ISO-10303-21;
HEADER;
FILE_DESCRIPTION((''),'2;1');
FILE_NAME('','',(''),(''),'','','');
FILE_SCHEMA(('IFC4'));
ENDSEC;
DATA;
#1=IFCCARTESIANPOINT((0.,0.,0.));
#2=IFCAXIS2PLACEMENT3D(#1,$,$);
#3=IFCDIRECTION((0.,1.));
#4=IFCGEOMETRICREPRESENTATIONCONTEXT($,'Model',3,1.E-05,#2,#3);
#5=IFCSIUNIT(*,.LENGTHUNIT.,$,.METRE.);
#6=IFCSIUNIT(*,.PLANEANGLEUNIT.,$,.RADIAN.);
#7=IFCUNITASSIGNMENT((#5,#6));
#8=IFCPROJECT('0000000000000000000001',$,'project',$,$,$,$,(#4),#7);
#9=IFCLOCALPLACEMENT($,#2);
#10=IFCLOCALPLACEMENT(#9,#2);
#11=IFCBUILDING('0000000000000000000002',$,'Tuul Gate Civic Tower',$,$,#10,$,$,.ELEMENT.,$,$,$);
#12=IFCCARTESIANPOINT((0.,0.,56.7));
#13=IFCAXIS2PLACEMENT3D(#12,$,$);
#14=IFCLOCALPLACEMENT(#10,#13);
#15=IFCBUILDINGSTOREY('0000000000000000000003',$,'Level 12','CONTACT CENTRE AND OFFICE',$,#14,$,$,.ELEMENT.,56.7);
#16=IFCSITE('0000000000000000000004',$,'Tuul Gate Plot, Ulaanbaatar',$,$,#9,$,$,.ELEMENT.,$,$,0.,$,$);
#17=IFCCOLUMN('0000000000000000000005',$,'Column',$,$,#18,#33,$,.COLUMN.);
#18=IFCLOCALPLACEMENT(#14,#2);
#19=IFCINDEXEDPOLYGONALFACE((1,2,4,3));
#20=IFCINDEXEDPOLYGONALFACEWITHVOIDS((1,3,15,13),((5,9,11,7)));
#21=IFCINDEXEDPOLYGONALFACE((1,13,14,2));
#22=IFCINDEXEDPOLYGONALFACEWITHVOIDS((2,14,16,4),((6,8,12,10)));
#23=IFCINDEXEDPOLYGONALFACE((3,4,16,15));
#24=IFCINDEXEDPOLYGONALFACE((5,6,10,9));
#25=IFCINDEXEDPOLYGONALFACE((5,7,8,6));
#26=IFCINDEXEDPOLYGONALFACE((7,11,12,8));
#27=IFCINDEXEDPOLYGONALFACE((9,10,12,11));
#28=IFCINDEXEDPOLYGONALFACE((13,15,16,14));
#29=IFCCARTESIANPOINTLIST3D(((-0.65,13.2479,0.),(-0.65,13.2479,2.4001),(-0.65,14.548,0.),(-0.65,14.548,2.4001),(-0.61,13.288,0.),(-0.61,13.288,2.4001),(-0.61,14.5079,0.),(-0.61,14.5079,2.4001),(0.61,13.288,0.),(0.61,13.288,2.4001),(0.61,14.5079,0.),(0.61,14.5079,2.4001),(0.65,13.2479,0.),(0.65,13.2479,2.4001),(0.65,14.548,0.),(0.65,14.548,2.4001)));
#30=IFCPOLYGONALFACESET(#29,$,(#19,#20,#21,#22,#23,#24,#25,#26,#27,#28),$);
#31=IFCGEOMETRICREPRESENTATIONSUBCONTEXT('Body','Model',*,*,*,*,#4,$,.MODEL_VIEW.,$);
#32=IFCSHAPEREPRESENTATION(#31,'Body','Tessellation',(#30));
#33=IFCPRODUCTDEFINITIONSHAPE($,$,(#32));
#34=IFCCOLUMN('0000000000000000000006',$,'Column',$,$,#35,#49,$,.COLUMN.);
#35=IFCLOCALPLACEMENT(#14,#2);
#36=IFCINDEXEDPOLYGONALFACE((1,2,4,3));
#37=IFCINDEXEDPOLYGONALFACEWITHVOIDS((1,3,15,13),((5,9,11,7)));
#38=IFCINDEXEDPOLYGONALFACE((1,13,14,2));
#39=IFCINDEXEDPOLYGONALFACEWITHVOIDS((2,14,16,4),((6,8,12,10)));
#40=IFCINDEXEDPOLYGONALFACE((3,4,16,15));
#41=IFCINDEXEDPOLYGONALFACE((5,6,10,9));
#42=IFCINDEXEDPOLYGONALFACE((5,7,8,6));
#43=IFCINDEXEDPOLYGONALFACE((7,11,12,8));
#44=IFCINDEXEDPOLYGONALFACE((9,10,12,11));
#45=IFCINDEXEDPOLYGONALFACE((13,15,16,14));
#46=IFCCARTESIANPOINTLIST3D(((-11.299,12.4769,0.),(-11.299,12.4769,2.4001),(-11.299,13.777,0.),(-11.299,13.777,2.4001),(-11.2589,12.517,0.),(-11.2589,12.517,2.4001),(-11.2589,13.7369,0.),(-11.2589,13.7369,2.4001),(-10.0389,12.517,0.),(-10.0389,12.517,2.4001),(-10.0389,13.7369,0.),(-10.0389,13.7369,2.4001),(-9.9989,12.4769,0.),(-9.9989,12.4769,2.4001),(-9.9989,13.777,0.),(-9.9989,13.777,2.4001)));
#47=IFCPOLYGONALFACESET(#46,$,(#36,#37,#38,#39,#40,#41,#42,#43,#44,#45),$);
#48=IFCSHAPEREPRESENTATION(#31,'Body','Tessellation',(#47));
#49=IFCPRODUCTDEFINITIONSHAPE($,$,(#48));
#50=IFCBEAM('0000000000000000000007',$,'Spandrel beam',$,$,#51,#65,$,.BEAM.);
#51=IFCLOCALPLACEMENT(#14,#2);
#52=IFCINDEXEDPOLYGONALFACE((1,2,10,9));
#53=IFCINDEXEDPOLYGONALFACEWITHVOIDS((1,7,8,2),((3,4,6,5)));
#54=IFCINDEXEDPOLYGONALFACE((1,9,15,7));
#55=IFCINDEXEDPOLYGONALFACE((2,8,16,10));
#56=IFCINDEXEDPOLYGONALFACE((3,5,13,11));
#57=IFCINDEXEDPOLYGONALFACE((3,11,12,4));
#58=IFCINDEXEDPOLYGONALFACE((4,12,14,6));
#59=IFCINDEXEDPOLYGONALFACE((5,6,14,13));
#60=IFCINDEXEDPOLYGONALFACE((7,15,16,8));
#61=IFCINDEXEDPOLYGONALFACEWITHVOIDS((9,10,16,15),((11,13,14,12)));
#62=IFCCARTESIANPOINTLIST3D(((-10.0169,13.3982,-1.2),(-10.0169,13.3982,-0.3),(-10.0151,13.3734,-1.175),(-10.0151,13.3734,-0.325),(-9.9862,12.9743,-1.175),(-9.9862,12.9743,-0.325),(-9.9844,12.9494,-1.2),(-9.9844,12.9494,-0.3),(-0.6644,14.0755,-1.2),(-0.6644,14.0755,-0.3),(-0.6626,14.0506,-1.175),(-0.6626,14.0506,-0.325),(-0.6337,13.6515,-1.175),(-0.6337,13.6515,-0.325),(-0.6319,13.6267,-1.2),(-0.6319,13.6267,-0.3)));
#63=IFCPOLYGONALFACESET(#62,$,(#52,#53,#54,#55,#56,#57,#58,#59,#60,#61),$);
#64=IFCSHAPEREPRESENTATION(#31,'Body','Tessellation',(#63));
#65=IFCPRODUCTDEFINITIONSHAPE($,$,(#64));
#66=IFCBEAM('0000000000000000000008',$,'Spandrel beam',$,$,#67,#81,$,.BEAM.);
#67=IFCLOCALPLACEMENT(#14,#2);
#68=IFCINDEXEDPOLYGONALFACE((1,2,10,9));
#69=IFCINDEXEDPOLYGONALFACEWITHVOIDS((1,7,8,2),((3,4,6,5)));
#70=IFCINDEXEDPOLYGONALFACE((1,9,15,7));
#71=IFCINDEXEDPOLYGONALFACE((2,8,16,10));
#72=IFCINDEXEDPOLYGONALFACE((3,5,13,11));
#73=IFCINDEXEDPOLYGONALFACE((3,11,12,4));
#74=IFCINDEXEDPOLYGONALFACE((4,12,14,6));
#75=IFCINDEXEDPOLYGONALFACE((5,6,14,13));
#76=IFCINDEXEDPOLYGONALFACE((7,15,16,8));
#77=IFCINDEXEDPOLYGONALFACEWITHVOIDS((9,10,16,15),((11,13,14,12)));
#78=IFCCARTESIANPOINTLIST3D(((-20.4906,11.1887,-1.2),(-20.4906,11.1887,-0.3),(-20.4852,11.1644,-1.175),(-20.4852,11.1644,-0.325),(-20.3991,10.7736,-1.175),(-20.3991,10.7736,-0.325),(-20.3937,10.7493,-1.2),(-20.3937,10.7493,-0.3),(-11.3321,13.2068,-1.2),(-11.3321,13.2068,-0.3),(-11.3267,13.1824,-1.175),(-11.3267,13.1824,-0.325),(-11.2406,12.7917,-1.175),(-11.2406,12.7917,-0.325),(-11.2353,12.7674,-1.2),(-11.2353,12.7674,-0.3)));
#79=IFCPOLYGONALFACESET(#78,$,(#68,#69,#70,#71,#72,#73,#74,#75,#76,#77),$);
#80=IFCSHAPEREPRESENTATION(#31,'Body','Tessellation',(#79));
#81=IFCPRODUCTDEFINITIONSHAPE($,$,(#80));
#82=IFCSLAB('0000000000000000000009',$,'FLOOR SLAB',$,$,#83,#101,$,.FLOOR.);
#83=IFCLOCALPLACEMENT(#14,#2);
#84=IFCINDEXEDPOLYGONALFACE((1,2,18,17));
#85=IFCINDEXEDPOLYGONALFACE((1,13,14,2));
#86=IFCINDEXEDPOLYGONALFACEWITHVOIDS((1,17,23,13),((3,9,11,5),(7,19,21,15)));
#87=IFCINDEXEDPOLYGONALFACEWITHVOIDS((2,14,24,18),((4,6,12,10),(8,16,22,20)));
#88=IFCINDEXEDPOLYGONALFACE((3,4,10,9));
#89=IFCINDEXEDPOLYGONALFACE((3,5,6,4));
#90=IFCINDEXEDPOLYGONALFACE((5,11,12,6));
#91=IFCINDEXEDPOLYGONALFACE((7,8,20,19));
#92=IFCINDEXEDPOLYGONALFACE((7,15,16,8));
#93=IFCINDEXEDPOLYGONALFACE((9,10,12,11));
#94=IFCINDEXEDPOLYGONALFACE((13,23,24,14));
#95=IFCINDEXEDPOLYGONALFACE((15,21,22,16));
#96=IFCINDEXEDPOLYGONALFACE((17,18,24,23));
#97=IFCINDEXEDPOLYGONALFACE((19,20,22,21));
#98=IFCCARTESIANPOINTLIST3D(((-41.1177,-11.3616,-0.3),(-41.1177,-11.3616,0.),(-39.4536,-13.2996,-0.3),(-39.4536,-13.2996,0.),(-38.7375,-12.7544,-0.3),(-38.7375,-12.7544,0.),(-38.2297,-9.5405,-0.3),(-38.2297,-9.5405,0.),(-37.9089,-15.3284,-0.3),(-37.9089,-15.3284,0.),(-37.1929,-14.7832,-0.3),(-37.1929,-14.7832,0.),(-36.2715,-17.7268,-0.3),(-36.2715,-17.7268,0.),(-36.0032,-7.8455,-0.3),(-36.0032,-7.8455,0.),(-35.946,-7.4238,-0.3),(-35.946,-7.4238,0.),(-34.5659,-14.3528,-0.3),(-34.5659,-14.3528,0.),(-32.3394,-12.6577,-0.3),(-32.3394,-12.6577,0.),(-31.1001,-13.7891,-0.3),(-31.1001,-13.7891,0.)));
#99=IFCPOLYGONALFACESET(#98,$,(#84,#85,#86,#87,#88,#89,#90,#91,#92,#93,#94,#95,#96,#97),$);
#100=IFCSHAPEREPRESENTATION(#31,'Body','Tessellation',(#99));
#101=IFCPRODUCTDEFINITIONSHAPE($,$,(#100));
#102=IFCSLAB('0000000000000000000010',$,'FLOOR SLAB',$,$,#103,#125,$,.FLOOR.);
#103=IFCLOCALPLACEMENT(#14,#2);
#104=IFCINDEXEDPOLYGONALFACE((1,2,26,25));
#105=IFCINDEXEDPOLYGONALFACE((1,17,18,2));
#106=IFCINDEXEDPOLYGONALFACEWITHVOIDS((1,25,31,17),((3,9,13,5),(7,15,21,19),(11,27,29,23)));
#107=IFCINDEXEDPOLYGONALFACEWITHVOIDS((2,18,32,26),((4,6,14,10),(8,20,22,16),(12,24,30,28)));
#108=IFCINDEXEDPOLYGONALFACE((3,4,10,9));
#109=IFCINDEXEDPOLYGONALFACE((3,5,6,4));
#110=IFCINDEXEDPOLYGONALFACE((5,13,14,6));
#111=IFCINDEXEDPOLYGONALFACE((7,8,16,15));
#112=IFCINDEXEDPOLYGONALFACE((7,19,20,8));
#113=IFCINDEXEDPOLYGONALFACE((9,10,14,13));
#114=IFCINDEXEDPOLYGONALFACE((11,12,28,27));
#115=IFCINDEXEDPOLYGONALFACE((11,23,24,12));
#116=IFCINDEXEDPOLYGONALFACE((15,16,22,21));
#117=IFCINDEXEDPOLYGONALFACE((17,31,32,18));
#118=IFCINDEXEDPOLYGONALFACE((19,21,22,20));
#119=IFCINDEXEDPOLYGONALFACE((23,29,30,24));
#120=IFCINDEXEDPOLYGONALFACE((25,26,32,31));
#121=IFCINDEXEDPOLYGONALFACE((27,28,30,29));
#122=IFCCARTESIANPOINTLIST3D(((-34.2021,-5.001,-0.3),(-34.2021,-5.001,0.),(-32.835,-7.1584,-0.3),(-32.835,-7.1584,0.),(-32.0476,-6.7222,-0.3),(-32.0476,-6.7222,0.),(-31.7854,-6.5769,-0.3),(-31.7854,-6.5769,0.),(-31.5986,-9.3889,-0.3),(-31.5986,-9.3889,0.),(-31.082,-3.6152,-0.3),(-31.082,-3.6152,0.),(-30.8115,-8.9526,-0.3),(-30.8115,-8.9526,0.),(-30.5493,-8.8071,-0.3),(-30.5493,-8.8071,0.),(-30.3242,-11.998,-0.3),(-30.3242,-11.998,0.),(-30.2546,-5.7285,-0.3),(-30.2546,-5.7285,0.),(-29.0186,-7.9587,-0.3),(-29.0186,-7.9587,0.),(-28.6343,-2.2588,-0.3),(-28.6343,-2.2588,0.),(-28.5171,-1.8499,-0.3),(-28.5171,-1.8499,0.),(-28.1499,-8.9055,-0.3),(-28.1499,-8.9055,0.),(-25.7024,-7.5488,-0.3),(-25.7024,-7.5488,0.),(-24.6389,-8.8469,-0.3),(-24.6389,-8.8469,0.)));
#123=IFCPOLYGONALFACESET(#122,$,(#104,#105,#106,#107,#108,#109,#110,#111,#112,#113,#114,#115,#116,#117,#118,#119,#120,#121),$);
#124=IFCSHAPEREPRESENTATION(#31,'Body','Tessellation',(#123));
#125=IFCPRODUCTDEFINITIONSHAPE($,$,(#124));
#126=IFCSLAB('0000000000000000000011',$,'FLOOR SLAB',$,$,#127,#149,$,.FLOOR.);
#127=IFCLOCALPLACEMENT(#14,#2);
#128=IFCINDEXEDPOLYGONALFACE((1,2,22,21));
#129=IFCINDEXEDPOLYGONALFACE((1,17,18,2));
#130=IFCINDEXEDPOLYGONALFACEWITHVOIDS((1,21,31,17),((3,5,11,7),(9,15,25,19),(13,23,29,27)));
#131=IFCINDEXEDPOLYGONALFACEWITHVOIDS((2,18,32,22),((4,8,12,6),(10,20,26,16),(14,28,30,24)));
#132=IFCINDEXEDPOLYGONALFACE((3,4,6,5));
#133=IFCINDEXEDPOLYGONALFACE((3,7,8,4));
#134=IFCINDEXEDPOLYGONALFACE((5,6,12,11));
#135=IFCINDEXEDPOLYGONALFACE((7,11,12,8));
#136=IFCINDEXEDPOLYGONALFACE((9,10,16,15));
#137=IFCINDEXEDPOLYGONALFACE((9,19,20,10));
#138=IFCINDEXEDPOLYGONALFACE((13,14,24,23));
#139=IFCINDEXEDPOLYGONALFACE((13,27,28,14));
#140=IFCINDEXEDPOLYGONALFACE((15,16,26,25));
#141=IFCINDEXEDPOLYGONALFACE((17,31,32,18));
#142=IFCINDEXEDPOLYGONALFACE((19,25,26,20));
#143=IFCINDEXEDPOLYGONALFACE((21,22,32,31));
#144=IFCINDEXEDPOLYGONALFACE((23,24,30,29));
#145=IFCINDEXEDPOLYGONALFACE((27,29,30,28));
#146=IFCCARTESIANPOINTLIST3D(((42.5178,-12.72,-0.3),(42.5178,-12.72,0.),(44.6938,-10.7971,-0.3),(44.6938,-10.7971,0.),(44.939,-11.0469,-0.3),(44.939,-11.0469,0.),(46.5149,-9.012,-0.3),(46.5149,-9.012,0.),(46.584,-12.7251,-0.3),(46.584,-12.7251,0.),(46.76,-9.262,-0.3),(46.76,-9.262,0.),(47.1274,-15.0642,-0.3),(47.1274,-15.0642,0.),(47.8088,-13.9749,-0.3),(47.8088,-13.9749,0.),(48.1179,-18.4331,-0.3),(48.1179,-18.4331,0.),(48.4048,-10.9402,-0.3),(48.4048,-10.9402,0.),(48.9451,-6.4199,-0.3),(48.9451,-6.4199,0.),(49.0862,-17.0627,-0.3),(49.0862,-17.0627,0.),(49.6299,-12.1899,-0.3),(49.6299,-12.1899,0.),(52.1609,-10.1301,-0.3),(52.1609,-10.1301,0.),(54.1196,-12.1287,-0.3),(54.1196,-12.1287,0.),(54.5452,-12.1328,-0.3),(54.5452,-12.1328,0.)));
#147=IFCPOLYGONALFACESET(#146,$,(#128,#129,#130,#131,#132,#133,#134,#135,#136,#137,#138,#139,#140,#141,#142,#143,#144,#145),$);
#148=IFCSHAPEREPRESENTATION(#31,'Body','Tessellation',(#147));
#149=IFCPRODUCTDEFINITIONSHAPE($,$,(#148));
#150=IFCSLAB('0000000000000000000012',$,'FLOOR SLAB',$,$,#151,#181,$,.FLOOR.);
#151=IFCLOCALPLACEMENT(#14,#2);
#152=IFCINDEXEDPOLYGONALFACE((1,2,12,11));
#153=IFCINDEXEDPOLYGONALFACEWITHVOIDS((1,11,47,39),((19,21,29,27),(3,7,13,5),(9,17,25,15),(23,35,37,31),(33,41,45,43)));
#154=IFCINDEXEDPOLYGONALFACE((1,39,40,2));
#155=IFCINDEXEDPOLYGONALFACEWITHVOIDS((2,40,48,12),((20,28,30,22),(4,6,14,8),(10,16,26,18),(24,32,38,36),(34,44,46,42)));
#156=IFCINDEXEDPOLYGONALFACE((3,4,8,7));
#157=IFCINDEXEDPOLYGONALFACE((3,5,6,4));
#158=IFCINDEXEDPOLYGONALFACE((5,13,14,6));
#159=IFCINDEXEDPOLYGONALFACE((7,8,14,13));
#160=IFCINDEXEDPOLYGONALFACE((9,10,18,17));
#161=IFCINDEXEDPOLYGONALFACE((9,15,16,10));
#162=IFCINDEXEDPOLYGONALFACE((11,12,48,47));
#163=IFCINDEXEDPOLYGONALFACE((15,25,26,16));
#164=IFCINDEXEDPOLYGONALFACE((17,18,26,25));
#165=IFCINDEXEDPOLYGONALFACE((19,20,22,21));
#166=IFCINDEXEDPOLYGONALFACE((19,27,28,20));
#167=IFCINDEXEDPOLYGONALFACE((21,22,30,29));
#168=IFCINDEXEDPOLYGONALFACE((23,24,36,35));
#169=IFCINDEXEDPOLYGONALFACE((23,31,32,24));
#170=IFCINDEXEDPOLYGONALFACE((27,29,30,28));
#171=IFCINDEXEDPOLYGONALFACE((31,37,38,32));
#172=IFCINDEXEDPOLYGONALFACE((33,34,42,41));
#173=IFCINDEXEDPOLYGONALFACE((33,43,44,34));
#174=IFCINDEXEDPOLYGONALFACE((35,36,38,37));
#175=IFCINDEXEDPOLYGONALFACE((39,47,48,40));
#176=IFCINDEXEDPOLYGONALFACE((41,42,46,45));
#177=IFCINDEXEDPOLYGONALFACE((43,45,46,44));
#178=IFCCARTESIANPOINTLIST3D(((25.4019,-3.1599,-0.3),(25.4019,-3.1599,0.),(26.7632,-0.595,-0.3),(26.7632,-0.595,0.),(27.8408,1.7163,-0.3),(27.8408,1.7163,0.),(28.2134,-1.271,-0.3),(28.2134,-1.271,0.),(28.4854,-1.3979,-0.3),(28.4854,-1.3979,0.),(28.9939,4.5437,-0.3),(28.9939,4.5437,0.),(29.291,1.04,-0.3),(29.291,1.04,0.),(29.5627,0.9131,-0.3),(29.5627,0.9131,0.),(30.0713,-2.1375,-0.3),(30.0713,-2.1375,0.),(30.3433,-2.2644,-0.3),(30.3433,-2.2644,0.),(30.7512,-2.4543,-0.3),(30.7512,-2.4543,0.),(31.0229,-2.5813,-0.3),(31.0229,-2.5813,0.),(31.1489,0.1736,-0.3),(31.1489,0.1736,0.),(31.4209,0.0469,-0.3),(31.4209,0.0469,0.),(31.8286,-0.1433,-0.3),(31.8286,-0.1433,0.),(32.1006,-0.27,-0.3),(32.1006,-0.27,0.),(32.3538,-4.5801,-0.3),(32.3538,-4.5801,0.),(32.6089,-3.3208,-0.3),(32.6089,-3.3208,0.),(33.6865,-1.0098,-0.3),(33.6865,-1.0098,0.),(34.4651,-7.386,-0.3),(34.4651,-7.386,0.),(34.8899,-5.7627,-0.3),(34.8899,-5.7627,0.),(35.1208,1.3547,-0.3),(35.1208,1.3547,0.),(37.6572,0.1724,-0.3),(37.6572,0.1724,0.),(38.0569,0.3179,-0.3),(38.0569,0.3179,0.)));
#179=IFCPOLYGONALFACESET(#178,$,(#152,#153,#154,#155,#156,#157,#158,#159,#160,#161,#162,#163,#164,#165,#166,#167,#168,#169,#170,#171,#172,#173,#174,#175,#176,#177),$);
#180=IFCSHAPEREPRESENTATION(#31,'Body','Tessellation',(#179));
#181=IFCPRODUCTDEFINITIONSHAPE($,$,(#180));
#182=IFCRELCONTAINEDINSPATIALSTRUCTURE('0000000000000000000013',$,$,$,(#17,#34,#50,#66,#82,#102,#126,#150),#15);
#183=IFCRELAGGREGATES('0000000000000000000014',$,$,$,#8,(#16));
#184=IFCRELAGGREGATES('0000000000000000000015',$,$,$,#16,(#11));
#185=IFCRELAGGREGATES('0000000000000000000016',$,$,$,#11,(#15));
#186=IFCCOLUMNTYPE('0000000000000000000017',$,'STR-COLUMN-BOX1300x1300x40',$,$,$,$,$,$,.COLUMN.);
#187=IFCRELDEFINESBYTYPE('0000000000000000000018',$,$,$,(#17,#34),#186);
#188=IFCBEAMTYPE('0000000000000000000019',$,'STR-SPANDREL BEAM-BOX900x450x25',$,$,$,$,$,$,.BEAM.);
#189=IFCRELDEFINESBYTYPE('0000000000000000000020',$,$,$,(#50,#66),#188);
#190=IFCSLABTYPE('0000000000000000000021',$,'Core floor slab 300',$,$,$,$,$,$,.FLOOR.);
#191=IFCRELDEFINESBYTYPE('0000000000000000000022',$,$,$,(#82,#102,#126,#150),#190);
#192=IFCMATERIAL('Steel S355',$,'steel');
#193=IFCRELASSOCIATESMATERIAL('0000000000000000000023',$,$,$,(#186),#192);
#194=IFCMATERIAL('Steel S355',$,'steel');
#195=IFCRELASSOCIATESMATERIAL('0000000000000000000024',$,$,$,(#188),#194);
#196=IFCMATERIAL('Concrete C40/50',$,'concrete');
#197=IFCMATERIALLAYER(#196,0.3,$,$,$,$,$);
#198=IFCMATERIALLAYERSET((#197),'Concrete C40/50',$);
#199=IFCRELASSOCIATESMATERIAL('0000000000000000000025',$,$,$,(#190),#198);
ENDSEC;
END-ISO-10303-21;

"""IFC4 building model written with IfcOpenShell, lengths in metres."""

from ifc_helpers import new_model, si_unit, direction, frame, origin, origin_2d, place, context, subcontext, project, spatial, polyline, hollow_rectangle, outline, extrude, material, layer, layer_set, material_profile, profile_set, type_object, element, save


model = new_model("IFC4")

# Units and contexts
model_context = context("Model", 3, precision=1e-05, world=origin(), true_north=direction((0.0, 1.0)))
body_context = subcontext(model_context, "Body", "Model", "MODEL_VIEW")
ifc_project = project(units=[si_unit("LENGTHUNIT", "METRE"), si_unit("PLANEANGLEUNIT", "RADIAN")], contexts=[model_context])

# Site, building, storey
site_placement = place(None, origin())
site = spatial("IfcSite", under=ifc_project, at=site_placement, Name="Tuul Gate Plot, Ulaanbaatar", CompositionType="ELEMENT", RefElevation=0.0)
building_placement = place(site_placement, origin())
building = spatial("IfcBuilding", under=site, at=building_placement, Name="Tuul Gate Civic Tower", CompositionType="ELEMENT")
storey_placement = place(building_placement, frame((0.0, 0.0, 56.7)))
storey = spatial("IfcBuildingStorey", under=building, at=storey_placement, Name="Level 12", Description="CONTACT CENTRE AND OFFICE", CompositionType="ELEMENT", Elevation=56.7)

# Columns
ifc_material_1 = material(Name="Steel S355", Category="steel")
ifc_material_profile_1 = material_profile(ifc_material_1, hollow_rectangle(XDim=1.3, YDim=1.3, WallThickness=0.04, at=origin_2d()), Name="BOX1300x1300x40")
ifc_profile_set_1 = profile_set([ifc_material_profile_1], Name="Steel S355")
column_type = type_object("IfcColumnType", Name="STR-COLUMN-BOX1300x1300x40", PredefinedType="COLUMN", material=ifc_profile_set_1)
for number, where, z_axis, x_axis, name in (
    (1, (0.0, 13.8979, 0.0), (0.0, 0.0, 1.0), (1.0, 0.0, 0.0), "Column"),
    (2, (-10.6489, 13.127, 0.0), (0.0, 0.0, 1.0), (1.0, 0.0, 0.0), "Column"),
):
    element("IfcColumn", number, at=place(storey_placement, frame(where, z_axis=z_axis, x_axis=x_axis)), inside=storey, type_object=column_type, Name=name, PredefinedType="COLUMN", context=body_context, shape_type="SweptSolid", body=[
        extrude(hollow_rectangle(XDim=1.3, YDim=1.3, WallThickness=0.04, at=origin_2d()), origin(), (0.0, 0.0, 1.0), 2.4001),
    ])

# Beams
ifc_material_2 = material(Name="Steel S355", Category="steel")
ifc_material_profile_2 = material_profile(ifc_material_2, hollow_rectangle(XDim=0.45, YDim=0.8999, WallThickness=0.0249, at=origin_2d()), Name="BOX900x450x25")
ifc_profile_set_2 = profile_set([ifc_material_profile_2], Name="Steel S355")
beam_type = type_object("IfcBeamType", Name="STR-SPANDREL BEAM-BOX900x450x25", PredefinedType="BEAM", material=ifc_profile_set_2)
beam_1_placement = place(storey_placement, frame((-0.6482, 13.8511, -0.75), z_axis=(-0.997388, -0.072224, 0.0), x_axis=(0.072224, -0.997388, 0.0)))
element("IfcBeam", 3, at=beam_1_placement, inside=storey, type_object=beam_type, Name="Spandrel beam", PredefinedType="BEAM", context=body_context, shape_type="SweptSolid", body=[
    extrude(hollow_rectangle(XDim=0.45, YDim=0.8999, WallThickness=0.0249, at=origin_2d()), origin(), (0.0, 0.0, 1.0), 9.377),
])
beam_2_placement = place(storey_placement, frame((-11.2837, 12.9871, -0.75), z_axis=(-0.976573, -0.215188, 0.0), x_axis=(0.215188, -0.976573, 0.0)))
element("IfcBeam", 4, at=beam_2_placement, inside=storey, type_object=beam_type, Name="Spandrel beam", PredefinedType="BEAM", context=body_context, shape_type="SweptSolid", body=[
    extrude(hollow_rectangle(XDim=0.45, YDim=0.8999, WallThickness=0.0249, at=origin_2d()), origin(), (0.0, 0.0, 1.0), 9.3782),
])

# Slabs
ifc_material_3 = material(Name="Concrete C40/50", Category="concrete")
ifc_layer_1 = layer(ifc_material_3, 0.3)
ifc_layer_set_1 = layer_set([ifc_layer_1], Name="Concrete C40/50")
slab_type_1 = type_object("IfcSlabType", Name="Core floor slab 300", PredefinedType="FLOOR", material=ifc_layer_set_1)
slab_1_placement = place(storey_placement, frame((0.0, 0.0, -0.3)))
element("IfcSlab", 5, at=slab_1_placement, inside=storey, type_object=slab_type_1, Name="FLOOR SLAB", PredefinedType="FLOOR", context=body_context, shape_type="SweptSolid", body=[
    extrude(outline(polyline([(-31.1001, -13.7891), (-35.946, -7.4238), (-41.1177, -11.3616), (-36.2715, -17.7268), (-31.1001, -13.7891)]), holes=[polyline([(-37.1929, -14.7832), (-38.7375, -12.7544), (-39.4536, -13.2996), (-37.9089, -15.3284), (-37.1929, -14.7832)]), polyline([(-32.3394, -12.6577), (-34.5659, -14.3528), (-38.2297, -9.5405), (-36.0032, -7.8455), (-32.3394, -12.6577)])]), origin(), (0.0, 0.0, 1.0), 0.3),
])
slab_2_placement = place(storey_placement, frame((0.0, 0.0, -0.3)))
element("IfcSlab", 6, at=slab_2_placement, inside=storey, type_object=slab_type_1, Name="FLOOR SLAB", PredefinedType="FLOOR", context=body_context, shape_type="SweptSolid", body=[
    extrude(outline(polyline([(-24.6389, -8.8469), (-28.5171, -1.8499), (-34.2021, -5.001), (-30.3242, -11.998), (-24.6389, -8.8469)]), holes=[polyline([(-29.0186, -7.9587), (-30.2546, -5.7285), (-31.7854, -6.5769), (-30.5493, -8.8071), (-29.0186, -7.9587)]), polyline([(-30.8115, -8.9526), (-32.0476, -6.7222), (-32.835, -7.1584), (-31.5986, -9.3889), (-30.8115, -8.9526)]), polyline([(-25.7024, -7.5488), (-28.1499, -8.9055), (-31.082, -3.6152), (-28.6343, -2.2588), (-25.7024, -7.5488)])]), origin(), (0.0, 0.0, 1.0), 0.3),
])
slab_3_placement = place(storey_placement, frame((0.0, 0.0, -0.3)))
element("IfcSlab", 7, at=slab_3_placement, inside=storey, type_object=slab_type_1, Name="FLOOR SLAB", PredefinedType="FLOOR", context=body_context, shape_type="SweptSolid", body=[
    extrude(outline(polyline([(48.1179, -18.4331), (54.5452, -12.1328), (48.9451, -6.4199), (42.5178, -12.72), (48.1179, -18.4331)]), holes=[polyline([(47.8088, -13.9749), (49.6299, -12.1899), (48.4048, -10.9402), (46.584, -12.7251), (47.8088, -13.9749)]), polyline([(44.939, -11.0469), (46.76, -9.262), (46.5149, -9.012), (44.6938, -10.7971), (44.939, -11.0469)]), polyline([(49.0862, -17.0627), (47.1274, -15.0642), (52.1609, -10.1301), (54.1196, -12.1287), (49.0862, -17.0627)])]), origin(), (0.0, 0.0, 1.0), 0.3),
])
slab_4_placement = place(storey_placement, frame((0.0, 0.0, -0.3)))
element("IfcSlab", 8, at=slab_4_placement, inside=storey, type_object=slab_type_1, Name="FLOOR SLAB", PredefinedType="FLOOR", context=body_context, shape_type="SweptSolid", body=[
    extrude(outline(polyline([(34.4651, -7.386), (38.0569, 0.3179), (28.9939, 4.5437), (25.4019, -3.1599), (34.4651, -7.386)]), holes=[polyline([(32.6089, -3.3208), (33.6865, -1.0098), (32.1006, -0.27), (31.0229, -2.5813), (32.6089, -3.3208)]), polyline([(30.0713, -2.1375), (31.1489, 0.1736), (29.5627, 0.9131), (28.4854, -1.3979), (30.0713, -2.1375)]), polyline([(30.7512, -2.4543), (31.8286, -0.1433), (31.4209, 0.0469), (30.3433, -2.2644), (30.7512, -2.4543)]), polyline([(28.2134, -1.271), (29.291, 1.04), (27.8408, 1.7163), (26.7632, -0.595), (28.2134, -1.271)]), polyline([(34.8899, -5.7627), (32.3538, -4.5801), (35.1208, 1.3547), (37.6572, 0.1724), (34.8899, -5.7627)])]), origin(), (0.0, 0.0, 1.0), 0.3),
])

save(model, "model.ifc")
